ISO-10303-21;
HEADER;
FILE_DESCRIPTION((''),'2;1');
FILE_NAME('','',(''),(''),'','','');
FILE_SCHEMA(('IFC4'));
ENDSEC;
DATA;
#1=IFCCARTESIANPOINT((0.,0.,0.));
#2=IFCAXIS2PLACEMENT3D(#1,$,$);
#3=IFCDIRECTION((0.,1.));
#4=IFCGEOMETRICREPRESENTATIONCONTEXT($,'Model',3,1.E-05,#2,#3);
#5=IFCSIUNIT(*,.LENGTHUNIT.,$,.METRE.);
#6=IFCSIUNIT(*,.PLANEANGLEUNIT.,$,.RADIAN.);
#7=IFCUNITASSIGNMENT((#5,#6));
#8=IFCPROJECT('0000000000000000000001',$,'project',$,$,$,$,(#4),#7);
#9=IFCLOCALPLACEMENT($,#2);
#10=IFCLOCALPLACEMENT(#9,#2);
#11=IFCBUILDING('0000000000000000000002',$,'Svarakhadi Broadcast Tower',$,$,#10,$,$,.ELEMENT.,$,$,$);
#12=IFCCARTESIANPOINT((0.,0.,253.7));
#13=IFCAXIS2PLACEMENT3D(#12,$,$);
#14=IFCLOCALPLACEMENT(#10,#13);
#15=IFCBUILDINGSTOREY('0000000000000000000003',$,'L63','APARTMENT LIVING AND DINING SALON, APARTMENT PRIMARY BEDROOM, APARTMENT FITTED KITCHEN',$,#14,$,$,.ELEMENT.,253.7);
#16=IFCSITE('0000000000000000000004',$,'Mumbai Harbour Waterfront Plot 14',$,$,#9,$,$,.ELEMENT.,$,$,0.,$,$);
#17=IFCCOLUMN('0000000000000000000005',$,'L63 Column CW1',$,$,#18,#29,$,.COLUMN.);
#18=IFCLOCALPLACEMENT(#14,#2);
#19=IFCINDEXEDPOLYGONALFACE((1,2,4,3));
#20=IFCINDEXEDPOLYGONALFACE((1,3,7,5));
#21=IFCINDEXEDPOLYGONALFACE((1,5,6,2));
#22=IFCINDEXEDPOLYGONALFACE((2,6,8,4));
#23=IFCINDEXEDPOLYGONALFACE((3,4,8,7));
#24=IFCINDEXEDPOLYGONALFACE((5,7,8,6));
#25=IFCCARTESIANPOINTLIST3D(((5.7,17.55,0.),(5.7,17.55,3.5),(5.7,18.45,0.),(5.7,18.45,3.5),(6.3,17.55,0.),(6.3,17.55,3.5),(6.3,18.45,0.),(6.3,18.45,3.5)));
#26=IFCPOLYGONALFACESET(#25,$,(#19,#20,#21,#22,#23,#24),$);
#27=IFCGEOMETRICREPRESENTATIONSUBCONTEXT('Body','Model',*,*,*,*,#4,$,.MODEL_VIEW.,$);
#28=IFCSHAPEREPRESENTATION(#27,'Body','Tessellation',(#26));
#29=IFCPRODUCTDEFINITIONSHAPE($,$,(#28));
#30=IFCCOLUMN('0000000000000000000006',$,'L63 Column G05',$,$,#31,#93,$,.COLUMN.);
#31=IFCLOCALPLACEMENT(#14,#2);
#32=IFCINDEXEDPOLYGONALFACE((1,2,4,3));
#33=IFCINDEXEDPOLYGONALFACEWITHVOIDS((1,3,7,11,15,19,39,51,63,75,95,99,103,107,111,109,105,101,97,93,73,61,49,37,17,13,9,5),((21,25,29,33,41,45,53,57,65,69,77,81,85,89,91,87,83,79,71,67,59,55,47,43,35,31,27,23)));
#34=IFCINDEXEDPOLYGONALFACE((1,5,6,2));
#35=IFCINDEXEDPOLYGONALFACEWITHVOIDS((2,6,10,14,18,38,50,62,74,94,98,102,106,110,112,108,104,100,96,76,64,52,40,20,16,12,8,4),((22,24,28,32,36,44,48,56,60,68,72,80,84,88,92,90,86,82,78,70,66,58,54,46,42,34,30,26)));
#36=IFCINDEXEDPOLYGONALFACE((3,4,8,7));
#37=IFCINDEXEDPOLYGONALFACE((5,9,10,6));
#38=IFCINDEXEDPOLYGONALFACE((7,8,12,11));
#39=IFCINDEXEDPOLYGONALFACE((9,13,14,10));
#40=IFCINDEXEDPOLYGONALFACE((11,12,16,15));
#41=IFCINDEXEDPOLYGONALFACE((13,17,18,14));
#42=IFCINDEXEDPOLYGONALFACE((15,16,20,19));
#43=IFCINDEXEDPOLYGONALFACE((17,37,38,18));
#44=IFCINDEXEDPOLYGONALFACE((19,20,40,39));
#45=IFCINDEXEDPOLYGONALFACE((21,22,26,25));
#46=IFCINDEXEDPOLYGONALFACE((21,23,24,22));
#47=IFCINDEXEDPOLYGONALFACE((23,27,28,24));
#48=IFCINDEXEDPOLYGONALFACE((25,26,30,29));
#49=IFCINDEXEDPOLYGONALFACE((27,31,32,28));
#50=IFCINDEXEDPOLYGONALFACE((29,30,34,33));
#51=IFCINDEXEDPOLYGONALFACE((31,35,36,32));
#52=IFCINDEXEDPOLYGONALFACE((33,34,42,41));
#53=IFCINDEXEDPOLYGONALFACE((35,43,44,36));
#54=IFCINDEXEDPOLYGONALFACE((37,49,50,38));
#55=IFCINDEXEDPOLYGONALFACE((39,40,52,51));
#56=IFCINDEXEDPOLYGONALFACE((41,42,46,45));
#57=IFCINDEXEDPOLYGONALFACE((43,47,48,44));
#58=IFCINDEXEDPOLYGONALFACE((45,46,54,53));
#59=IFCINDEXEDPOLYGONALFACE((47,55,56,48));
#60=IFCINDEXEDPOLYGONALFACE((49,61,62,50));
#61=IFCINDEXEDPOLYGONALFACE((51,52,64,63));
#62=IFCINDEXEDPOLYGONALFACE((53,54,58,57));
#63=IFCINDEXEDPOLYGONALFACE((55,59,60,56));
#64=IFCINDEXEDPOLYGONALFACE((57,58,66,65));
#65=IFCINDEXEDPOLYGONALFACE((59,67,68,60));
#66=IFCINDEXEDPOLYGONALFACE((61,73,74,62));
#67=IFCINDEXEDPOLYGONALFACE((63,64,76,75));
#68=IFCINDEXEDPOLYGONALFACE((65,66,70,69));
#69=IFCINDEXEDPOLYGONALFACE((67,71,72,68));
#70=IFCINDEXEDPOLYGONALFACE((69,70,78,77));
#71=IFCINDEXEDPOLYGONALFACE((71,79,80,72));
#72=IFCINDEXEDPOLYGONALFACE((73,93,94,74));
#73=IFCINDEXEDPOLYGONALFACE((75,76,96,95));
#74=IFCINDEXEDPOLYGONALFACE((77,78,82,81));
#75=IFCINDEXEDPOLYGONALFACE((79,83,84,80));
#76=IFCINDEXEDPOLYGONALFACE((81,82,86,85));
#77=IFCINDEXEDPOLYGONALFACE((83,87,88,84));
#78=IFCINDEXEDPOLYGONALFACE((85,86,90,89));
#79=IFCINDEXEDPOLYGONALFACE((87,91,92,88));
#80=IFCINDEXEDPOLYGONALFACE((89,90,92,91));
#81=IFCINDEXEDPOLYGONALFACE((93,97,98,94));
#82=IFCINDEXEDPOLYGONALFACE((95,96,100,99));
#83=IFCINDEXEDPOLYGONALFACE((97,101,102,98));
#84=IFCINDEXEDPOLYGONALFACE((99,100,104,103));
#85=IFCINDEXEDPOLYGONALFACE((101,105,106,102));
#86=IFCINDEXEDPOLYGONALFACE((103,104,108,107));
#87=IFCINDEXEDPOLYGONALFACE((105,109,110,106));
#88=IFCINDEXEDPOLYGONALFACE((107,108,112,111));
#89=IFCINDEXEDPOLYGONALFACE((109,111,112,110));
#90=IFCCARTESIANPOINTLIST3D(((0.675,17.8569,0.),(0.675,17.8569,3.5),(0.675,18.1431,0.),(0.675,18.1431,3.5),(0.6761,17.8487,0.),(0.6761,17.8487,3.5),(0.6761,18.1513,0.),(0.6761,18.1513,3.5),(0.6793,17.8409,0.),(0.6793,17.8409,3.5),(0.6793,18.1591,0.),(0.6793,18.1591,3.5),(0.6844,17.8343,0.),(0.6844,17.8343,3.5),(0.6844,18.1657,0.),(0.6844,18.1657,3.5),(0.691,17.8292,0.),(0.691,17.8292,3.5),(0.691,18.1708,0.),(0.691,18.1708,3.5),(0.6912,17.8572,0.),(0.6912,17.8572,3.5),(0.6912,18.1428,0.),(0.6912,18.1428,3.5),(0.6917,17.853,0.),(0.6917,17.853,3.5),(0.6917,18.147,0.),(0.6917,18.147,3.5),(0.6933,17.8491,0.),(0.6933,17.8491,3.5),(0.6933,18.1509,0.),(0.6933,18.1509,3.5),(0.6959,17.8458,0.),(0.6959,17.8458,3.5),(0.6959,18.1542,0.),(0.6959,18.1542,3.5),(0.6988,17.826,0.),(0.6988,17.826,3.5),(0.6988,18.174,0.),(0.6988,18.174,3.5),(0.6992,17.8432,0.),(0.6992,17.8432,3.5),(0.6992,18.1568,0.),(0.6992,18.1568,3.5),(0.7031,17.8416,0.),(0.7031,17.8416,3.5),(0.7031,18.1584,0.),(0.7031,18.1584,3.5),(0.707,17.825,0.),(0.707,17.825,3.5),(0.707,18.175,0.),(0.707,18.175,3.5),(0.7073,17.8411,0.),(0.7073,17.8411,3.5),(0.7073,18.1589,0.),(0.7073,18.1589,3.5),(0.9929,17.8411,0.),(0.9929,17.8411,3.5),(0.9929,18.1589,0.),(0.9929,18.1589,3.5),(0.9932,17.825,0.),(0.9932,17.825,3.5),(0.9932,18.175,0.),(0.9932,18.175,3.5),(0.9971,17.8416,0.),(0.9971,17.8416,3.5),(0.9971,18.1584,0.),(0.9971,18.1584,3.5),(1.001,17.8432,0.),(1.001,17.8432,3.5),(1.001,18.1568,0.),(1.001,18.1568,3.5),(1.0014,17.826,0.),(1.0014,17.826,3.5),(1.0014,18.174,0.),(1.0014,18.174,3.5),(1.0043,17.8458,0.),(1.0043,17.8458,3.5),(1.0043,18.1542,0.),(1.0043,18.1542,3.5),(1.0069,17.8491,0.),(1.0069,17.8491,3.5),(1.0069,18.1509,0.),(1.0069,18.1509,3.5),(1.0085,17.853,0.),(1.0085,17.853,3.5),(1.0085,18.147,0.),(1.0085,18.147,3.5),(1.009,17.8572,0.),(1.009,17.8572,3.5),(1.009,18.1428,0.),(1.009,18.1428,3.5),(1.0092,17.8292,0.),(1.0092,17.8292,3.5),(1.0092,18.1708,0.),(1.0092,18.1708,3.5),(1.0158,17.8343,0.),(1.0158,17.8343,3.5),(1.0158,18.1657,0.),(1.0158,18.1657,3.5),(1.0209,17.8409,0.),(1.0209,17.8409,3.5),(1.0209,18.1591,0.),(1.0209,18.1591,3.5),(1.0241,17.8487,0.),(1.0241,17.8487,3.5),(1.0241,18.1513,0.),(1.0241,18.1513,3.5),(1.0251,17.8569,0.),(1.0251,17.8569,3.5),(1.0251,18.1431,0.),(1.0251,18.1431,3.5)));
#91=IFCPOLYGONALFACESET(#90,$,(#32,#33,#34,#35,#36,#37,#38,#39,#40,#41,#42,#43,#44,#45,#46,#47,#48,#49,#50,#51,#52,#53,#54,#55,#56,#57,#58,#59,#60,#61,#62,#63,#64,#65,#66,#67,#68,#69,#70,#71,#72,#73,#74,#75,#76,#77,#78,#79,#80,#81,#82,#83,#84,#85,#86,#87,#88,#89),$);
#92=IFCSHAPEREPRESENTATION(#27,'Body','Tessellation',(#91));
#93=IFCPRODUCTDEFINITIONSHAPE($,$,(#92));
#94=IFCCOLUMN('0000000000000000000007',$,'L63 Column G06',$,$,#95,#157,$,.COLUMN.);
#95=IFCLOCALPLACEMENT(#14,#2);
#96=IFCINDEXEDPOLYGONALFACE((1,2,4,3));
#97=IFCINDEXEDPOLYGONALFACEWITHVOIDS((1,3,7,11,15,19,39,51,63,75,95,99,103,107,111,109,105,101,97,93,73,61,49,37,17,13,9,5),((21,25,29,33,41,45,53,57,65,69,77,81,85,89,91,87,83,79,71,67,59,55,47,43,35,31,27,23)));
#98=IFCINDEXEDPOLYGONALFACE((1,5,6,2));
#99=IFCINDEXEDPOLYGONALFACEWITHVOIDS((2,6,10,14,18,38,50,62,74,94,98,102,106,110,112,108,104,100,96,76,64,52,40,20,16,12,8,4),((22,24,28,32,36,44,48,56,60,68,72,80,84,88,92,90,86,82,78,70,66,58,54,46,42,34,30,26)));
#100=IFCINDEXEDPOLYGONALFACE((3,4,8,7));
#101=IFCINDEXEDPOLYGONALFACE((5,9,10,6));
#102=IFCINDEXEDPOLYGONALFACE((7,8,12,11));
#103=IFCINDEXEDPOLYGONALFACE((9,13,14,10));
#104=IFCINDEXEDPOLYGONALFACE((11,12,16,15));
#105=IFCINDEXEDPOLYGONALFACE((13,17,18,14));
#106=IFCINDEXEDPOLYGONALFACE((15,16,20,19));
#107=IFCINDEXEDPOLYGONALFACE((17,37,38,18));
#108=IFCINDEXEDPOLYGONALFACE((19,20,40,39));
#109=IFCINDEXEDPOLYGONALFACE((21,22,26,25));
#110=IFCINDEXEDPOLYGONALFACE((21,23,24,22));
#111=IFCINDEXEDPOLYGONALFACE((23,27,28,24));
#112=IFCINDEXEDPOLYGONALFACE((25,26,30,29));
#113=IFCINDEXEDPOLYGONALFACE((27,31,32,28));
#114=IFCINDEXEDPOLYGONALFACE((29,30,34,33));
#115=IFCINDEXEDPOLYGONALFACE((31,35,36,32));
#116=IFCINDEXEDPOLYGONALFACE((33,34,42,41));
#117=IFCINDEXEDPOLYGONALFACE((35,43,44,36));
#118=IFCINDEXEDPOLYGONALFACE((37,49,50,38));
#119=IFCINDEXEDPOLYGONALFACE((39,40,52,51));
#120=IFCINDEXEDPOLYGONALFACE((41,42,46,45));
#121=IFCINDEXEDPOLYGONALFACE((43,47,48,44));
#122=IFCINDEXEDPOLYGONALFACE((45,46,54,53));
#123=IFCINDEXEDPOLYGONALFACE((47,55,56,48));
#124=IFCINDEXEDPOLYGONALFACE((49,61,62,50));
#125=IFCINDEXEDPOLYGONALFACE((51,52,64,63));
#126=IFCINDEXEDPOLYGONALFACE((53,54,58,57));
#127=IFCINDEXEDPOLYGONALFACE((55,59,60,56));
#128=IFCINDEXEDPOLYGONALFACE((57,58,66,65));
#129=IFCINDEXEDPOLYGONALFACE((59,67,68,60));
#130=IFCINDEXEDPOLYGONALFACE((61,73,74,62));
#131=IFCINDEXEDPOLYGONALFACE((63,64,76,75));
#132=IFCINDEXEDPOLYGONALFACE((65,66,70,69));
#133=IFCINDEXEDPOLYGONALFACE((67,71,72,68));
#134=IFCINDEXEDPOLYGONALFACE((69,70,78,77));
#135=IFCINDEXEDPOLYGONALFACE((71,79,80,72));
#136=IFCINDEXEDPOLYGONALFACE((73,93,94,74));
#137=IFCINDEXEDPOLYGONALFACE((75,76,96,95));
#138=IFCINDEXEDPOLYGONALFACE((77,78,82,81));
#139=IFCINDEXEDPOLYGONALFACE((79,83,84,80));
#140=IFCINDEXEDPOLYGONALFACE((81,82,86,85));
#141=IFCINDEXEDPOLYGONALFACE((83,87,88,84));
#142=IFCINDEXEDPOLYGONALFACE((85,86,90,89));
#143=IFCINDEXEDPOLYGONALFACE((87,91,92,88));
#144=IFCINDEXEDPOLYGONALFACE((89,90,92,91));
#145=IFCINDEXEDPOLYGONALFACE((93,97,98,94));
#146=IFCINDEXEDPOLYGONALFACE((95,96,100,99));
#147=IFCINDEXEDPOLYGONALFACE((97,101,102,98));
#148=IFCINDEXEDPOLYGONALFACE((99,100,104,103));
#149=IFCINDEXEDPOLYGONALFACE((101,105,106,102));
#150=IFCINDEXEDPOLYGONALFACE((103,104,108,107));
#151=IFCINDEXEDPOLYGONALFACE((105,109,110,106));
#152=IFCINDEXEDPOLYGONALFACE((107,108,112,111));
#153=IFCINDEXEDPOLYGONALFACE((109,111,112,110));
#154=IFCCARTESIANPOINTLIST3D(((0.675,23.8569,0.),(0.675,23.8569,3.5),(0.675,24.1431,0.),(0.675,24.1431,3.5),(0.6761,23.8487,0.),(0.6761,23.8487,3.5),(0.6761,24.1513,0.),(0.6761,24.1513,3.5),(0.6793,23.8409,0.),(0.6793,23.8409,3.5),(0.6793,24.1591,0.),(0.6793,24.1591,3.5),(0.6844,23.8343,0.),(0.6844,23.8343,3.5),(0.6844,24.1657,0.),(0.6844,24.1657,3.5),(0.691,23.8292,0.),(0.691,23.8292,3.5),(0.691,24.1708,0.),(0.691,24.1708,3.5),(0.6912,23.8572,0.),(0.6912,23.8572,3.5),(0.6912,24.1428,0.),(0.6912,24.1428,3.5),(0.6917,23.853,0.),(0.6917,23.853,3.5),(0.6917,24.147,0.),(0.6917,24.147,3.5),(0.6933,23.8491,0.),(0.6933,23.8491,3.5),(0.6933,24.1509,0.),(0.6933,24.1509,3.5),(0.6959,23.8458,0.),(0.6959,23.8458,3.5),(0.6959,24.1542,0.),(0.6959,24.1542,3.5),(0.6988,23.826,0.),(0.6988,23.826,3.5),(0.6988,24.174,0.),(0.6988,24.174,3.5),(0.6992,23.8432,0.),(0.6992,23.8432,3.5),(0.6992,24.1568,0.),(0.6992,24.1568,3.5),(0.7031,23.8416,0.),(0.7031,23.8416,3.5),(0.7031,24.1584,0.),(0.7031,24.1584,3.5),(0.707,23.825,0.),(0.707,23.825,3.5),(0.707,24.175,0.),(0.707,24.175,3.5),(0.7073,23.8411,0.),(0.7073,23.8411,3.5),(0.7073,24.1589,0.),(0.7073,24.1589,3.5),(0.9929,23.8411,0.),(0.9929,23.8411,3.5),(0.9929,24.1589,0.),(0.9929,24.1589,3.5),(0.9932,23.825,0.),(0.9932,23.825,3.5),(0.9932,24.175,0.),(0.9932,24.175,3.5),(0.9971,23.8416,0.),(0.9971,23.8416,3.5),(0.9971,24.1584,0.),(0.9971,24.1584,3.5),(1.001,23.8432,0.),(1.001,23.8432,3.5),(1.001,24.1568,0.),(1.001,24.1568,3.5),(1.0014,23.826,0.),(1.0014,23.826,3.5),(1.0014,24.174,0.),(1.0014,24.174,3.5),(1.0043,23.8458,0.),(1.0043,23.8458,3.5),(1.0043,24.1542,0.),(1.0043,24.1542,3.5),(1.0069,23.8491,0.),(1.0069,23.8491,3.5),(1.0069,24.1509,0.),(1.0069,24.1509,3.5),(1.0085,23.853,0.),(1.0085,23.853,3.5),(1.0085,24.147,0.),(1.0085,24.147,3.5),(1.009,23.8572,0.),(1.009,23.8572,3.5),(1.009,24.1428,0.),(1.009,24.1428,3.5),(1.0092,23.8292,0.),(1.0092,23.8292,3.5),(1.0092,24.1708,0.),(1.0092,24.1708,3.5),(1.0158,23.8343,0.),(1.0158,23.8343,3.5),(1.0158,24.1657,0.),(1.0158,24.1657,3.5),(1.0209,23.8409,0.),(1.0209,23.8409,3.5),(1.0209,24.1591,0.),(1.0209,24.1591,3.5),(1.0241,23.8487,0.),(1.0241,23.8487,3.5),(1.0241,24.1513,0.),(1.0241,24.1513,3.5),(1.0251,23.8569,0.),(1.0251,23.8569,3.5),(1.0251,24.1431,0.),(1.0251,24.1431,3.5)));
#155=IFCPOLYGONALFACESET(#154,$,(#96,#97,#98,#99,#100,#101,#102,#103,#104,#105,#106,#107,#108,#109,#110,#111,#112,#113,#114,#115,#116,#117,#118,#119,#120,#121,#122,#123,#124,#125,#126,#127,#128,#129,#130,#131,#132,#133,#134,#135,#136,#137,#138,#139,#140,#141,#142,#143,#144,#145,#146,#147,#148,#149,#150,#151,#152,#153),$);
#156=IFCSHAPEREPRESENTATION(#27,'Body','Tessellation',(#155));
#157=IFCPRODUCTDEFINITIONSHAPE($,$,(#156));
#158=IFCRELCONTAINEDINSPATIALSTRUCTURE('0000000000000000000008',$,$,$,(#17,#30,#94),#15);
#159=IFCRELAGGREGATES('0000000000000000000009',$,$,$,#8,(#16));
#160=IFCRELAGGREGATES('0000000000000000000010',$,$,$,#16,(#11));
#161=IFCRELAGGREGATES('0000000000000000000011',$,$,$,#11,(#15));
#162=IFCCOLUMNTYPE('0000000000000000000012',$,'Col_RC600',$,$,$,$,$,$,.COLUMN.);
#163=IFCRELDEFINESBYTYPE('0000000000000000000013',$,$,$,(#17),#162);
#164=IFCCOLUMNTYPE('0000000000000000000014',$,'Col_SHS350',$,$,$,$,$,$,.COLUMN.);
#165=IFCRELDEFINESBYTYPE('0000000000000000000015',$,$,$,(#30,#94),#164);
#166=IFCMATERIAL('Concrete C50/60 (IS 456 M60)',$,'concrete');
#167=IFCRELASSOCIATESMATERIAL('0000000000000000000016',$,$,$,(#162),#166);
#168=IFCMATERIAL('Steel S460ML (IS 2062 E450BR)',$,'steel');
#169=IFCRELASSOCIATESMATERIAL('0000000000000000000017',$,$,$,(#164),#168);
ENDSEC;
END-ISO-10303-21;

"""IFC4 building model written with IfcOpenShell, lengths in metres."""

from ifc_helpers import new_model, si_unit, direction, frame, origin, origin_2d, place, context, subcontext, project, spatial, rectangle, hollow_rectangle, extrude, material, material_profile, profile_set, type_object, element, save


model = new_model("IFC4")

# Units and contexts
model_context = context("Model", 3, precision=1e-05, world=origin(), true_north=direction((0.0, 1.0)))
body_context = subcontext(model_context, "Body", "Model", "MODEL_VIEW")
ifc_project = project(units=[si_unit("LENGTHUNIT", "METRE"), si_unit("PLANEANGLEUNIT", "RADIAN")], contexts=[model_context])

# Site, building, storey
site_placement = place(None, origin())
site = spatial("IfcSite", under=ifc_project, at=site_placement, Name="Mumbai Harbour Waterfront Plot 14", CompositionType="ELEMENT", RefElevation=0.0)
building_placement = place(site_placement, origin())
building = spatial("IfcBuilding", under=site, at=building_placement, Name="Svarakhadi Broadcast Tower", CompositionType="ELEMENT")
storey_placement = place(building_placement, frame((0.0, 0.0, 253.7)))
storey = spatial("IfcBuildingStorey", under=building, at=storey_placement, Name="L63", Description="APARTMENT LIVING AND DINING SALON, APARTMENT PRIMARY BEDROOM, APARTMENT FITTED KITCHEN", CompositionType="ELEMENT", Elevation=253.7)

# Columns
ifc_material_1 = material(Name="Concrete C50/60 (IS 456 M60)", Category="concrete")
ifc_material_profile_1 = material_profile(ifc_material_1, rectangle(XDim=0.6001, YDim=0.8999, at=origin_2d()), Name="RC 600x900")
ifc_profile_set_1 = profile_set([ifc_material_profile_1], Name="Concrete C50/60 (IS 456 M60)")
column_type_1 = type_object("IfcColumnType", Name="Col_RC600", PredefinedType="COLUMN", material=ifc_profile_set_1)
column_placement = place(storey_placement, frame((6.0, 18.0, 0.0), z_axis=(0.0, 0.0, 1.0), x_axis=(1.0, 0.0, 0.0)))
element("IfcColumn", 1, at=column_placement, inside=storey, type_object=column_type_1, Name="L63 Column CW1", PredefinedType="COLUMN", context=body_context, shape_type="SweptSolid", body=[
    extrude(rectangle(XDim=0.6001, YDim=0.8999, at=origin_2d()), origin(), (0.0, 0.0, 1.0), 3.5),
])
ifc_material_2 = material(Name="Steel S460ML (IS 2062 E450BR)", Category="steel")
ifc_material_profile_2 = material_profile(ifc_material_2, hollow_rectangle(XDim=0.3501, YDim=0.3501, WallThickness=0.0161, InnerFilletRadius=0.0161, OuterFilletRadius=0.032, at=origin_2d()), Name="SHS 350x350x16")
ifc_profile_set_2 = profile_set([ifc_material_profile_2], Name="Steel S460ML (IS 2062 E450BR)")
column_type_2 = type_object("IfcColumnType", Name="Col_SHS350", PredefinedType="COLUMN", material=ifc_profile_set_2)
for number, where, z_axis, x_axis, name in (
    (2, (0.8501, 18.0, 0.0), (0.0, 0.0, 1.0), (1.0, 0.0, 0.0), "L63 Column G05"),
    (3, (0.8501, 24.0, 0.0), (0.0, 0.0, 1.0), (1.0, 0.0, 0.0), "L63 Column G06"),
):
    element("IfcColumn", number, at=place(storey_placement, frame(where, z_axis=z_axis, x_axis=x_axis)), inside=storey, type_object=column_type_2, Name=name, PredefinedType="COLUMN", context=body_context, shape_type="SweptSolid", body=[
        extrude(hollow_rectangle(XDim=0.3501, YDim=0.3501, WallThickness=0.0161, InnerFilletRadius=0.0161, OuterFilletRadius=0.032, at=origin_2d()), origin(), (0.0, 0.0, 1.0), 3.5),
    ])

save(model, "model.ifc")
